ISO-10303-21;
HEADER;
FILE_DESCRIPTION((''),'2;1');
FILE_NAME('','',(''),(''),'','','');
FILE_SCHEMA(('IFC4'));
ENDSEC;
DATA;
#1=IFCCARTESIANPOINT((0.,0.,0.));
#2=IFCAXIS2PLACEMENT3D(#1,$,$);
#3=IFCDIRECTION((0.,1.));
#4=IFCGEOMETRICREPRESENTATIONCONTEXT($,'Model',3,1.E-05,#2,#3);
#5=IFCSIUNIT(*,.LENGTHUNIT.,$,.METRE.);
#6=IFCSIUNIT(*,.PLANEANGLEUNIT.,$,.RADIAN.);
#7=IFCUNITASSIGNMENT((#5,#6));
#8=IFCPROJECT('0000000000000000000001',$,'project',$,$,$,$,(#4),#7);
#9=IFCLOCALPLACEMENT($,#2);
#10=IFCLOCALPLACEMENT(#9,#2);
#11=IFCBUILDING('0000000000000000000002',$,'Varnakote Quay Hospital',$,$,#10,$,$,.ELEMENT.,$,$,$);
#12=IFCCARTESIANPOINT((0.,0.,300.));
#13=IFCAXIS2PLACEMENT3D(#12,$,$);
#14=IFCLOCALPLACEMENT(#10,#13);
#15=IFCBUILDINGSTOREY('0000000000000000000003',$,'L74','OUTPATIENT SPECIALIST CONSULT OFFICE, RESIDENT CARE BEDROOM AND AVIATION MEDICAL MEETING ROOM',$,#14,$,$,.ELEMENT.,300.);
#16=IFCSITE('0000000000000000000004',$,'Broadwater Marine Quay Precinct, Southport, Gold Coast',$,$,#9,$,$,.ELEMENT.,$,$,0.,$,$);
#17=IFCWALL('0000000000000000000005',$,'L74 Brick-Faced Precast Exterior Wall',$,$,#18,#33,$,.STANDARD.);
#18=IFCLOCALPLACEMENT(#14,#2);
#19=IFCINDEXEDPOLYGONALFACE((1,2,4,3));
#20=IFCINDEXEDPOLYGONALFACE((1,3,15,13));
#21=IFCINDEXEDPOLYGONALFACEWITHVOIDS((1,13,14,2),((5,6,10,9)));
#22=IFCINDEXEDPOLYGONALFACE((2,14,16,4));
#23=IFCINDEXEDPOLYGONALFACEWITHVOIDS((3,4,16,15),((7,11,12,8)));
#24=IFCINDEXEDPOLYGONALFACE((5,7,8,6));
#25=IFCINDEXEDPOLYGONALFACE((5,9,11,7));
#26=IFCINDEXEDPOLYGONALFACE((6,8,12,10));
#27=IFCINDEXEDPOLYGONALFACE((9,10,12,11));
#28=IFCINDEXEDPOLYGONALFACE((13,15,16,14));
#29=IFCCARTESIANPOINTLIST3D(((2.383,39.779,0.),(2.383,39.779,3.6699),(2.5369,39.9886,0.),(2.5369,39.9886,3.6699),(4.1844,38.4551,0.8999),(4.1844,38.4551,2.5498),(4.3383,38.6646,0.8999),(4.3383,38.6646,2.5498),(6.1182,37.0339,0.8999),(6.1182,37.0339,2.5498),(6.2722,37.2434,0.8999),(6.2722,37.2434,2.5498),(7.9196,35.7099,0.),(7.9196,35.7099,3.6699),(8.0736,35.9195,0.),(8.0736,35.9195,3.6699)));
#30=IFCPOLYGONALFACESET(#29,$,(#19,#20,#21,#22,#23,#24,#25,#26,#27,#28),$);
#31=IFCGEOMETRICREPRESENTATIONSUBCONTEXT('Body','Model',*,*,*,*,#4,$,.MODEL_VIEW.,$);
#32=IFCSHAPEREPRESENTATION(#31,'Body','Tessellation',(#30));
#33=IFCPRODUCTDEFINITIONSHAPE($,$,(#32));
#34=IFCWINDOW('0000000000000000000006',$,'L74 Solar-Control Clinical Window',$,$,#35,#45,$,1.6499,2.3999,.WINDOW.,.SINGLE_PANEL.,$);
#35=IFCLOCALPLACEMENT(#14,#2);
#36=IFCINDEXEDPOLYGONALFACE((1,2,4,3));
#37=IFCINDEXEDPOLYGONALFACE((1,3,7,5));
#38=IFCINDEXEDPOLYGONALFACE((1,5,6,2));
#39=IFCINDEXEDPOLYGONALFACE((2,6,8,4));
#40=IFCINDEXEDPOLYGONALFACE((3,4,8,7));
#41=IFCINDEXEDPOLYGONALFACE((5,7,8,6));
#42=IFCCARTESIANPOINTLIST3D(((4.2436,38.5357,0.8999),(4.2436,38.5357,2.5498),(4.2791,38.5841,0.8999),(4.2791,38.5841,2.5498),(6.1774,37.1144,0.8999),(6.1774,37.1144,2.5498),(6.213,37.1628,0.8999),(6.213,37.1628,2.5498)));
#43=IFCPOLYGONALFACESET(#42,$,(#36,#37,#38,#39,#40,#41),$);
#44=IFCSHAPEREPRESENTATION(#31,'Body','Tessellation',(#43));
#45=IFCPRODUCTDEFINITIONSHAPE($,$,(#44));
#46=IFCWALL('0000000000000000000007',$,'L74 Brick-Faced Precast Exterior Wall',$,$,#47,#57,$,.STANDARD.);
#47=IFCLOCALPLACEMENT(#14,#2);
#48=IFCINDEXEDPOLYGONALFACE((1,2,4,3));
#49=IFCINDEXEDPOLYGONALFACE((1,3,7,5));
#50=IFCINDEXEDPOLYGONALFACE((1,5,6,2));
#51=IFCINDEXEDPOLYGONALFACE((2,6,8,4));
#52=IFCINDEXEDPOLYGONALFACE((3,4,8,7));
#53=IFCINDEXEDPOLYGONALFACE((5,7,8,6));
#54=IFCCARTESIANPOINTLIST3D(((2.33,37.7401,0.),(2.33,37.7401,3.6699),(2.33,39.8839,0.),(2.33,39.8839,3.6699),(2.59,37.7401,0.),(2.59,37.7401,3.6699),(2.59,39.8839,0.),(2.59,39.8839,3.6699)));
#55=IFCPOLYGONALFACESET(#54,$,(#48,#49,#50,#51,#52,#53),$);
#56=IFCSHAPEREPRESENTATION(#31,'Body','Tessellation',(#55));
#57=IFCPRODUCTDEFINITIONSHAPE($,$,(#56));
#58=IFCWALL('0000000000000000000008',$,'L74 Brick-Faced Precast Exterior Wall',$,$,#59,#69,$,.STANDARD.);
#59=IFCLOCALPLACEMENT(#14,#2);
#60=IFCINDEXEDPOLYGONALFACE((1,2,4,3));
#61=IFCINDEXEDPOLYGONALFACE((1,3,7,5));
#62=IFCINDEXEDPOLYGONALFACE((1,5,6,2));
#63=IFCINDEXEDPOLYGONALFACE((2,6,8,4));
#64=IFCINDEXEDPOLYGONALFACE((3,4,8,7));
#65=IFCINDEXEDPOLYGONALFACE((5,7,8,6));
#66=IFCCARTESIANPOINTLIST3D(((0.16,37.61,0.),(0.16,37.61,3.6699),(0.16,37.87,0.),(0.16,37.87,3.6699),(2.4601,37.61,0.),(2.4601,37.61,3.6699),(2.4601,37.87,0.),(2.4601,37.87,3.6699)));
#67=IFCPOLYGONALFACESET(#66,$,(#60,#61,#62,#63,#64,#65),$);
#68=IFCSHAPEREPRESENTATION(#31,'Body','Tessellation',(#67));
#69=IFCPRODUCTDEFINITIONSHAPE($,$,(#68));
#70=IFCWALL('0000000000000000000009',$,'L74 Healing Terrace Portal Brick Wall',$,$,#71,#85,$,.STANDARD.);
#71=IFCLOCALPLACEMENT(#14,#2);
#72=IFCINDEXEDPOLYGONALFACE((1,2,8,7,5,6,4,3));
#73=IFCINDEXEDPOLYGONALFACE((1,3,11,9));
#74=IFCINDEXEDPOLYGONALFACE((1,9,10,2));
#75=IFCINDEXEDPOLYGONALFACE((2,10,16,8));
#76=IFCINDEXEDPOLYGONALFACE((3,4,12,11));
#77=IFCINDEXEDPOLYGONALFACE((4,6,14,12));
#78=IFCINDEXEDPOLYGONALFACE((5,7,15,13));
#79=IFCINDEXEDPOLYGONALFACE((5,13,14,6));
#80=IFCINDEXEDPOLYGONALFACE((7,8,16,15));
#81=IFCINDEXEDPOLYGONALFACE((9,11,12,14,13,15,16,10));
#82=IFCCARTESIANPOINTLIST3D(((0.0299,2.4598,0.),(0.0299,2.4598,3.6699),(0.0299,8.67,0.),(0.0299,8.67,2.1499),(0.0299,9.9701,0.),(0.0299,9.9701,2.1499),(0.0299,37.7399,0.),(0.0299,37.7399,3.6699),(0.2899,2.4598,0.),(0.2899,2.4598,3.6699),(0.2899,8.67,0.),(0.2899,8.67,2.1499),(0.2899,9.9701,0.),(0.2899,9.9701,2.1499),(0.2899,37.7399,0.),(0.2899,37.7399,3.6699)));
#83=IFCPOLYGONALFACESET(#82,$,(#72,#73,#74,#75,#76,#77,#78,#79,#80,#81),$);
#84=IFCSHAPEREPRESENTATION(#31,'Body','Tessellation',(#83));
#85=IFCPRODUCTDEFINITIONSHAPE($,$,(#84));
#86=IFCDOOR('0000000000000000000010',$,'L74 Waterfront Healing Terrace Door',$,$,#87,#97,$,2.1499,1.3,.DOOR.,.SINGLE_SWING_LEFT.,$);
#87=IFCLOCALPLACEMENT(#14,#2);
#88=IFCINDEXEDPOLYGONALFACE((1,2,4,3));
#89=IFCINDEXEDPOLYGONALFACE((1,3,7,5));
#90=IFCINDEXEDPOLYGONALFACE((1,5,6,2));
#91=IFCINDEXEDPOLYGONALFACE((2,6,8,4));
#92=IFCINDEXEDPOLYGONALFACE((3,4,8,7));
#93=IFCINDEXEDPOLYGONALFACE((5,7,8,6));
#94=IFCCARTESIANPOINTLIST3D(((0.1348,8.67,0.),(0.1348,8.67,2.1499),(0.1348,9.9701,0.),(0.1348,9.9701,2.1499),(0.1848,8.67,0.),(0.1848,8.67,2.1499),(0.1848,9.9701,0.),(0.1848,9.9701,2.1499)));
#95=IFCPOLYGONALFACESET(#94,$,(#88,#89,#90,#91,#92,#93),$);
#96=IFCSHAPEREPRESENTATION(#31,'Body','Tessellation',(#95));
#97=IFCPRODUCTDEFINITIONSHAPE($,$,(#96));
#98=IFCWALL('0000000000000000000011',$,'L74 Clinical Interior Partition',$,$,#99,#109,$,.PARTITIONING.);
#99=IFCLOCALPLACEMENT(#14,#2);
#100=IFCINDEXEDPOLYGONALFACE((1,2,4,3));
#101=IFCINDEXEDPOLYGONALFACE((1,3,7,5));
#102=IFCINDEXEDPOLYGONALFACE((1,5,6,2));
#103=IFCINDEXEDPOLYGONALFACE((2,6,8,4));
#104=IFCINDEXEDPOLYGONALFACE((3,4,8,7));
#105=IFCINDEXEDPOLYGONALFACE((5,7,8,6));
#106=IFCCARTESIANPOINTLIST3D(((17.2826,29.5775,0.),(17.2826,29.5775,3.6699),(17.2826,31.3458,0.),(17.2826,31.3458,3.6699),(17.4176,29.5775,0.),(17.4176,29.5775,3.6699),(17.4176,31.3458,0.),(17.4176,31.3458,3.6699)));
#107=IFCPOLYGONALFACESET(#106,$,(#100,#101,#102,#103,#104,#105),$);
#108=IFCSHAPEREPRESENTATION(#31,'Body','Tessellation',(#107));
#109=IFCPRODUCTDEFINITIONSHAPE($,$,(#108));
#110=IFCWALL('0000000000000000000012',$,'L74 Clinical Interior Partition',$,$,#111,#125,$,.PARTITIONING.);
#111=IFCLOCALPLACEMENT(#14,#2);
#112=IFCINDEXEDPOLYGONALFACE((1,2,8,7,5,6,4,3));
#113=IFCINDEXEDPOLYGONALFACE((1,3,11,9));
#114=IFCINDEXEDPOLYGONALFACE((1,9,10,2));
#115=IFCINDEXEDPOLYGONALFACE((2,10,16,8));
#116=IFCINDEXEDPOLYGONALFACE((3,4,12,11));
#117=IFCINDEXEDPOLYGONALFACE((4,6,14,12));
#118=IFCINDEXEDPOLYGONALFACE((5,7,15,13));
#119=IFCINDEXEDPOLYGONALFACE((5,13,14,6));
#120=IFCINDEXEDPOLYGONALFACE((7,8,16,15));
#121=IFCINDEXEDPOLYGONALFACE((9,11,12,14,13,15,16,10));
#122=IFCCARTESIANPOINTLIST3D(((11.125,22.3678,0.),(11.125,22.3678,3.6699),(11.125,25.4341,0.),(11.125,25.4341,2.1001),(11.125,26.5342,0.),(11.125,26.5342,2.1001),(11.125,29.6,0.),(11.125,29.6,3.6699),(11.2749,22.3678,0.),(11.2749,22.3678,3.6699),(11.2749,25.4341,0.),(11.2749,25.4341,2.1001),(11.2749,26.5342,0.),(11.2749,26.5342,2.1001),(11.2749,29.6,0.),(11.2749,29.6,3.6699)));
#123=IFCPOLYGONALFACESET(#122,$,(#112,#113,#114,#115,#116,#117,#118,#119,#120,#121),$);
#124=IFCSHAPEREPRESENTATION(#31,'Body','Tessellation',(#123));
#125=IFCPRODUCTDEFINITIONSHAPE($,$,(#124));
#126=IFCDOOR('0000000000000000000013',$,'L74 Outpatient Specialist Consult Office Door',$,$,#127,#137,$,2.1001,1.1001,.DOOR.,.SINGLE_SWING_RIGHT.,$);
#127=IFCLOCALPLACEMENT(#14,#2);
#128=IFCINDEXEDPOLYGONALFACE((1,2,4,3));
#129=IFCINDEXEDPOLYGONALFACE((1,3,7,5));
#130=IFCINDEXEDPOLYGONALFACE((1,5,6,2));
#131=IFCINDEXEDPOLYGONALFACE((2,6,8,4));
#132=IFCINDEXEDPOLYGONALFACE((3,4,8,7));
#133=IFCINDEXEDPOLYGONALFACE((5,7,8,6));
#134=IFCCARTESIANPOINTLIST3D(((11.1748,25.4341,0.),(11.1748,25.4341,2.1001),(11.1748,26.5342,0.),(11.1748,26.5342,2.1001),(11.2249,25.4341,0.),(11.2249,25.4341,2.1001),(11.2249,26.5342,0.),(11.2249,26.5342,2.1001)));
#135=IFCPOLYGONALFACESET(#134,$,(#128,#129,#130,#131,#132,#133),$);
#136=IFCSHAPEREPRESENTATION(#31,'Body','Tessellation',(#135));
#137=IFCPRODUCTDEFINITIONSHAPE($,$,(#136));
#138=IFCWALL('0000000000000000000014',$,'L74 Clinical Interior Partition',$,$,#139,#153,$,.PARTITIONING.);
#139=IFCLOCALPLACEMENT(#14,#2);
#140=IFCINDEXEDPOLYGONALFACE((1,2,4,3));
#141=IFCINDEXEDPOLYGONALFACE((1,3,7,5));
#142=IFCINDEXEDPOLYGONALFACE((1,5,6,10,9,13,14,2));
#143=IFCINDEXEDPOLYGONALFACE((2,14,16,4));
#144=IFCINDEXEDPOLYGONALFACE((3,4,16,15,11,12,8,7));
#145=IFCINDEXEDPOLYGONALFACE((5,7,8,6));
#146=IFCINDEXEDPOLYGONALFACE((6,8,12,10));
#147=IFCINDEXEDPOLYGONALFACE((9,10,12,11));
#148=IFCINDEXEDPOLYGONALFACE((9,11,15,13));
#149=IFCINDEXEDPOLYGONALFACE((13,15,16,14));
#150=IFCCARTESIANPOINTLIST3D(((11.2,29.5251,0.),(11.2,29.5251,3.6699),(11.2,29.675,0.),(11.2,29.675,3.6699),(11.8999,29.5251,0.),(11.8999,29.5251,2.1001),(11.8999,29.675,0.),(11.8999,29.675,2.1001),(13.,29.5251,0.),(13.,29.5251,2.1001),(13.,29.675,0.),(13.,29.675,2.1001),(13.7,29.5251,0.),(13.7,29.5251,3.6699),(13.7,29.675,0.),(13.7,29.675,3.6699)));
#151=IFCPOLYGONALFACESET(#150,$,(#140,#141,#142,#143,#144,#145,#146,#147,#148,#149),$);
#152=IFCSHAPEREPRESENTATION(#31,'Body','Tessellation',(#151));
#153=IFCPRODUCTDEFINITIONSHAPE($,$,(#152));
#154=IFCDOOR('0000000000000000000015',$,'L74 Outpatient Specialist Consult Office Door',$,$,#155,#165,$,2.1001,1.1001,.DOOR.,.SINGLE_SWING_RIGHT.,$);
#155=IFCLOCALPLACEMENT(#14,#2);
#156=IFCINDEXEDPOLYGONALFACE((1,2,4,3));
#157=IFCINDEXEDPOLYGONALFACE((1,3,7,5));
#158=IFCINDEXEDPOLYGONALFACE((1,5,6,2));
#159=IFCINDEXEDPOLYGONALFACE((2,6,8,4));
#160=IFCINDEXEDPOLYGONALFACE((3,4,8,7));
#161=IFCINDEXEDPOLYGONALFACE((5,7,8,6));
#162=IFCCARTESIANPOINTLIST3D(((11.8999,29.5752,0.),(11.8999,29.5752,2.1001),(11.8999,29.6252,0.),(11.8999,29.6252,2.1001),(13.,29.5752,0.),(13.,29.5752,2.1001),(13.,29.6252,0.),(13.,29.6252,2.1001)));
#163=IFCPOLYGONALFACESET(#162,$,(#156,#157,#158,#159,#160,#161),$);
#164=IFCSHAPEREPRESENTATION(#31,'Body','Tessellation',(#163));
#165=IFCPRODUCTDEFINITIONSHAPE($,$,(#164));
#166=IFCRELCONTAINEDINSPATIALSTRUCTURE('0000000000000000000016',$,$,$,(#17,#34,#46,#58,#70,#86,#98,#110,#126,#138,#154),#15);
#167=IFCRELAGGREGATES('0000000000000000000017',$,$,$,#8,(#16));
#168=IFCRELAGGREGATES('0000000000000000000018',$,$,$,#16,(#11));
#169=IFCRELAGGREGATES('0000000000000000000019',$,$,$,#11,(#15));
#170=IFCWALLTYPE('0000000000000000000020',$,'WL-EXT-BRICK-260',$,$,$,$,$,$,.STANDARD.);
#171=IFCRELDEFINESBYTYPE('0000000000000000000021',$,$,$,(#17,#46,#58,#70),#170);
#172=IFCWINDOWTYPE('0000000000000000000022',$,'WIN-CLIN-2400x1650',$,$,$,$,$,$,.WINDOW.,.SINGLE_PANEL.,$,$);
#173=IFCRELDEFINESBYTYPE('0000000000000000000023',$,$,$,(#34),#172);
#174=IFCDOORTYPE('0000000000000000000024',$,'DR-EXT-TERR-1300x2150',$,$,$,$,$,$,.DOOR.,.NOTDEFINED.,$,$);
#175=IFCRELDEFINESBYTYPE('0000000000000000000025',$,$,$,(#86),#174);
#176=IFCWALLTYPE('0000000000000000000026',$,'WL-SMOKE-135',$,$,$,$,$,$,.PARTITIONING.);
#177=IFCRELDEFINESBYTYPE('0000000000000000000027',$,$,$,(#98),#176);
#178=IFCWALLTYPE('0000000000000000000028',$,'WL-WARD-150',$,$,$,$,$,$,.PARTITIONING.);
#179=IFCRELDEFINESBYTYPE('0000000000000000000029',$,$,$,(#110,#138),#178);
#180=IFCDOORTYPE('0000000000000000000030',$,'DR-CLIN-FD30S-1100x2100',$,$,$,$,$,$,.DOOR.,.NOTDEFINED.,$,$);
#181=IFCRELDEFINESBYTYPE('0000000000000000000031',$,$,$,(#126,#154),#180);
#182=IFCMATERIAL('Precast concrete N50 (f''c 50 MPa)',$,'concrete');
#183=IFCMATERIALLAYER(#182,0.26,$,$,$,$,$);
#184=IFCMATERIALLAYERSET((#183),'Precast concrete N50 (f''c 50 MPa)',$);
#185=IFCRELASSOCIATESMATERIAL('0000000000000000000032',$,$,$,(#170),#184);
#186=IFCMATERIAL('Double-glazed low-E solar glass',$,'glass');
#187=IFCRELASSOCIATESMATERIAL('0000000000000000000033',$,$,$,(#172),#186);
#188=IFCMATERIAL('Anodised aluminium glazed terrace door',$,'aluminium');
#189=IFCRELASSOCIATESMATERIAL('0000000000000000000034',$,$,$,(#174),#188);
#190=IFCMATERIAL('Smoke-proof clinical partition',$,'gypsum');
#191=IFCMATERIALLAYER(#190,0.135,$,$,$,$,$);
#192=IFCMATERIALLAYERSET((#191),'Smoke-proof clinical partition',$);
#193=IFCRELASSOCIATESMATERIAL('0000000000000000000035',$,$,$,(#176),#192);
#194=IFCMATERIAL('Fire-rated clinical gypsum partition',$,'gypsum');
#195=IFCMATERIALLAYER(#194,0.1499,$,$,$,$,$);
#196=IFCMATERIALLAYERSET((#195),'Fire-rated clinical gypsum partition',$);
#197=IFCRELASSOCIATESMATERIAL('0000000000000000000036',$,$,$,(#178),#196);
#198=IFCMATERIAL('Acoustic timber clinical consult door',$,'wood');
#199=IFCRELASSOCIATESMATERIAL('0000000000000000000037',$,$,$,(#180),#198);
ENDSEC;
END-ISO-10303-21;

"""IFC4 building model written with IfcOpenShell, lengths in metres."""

from ifc_helpers import new_model, si_unit, direction, frame, frame_2d, origin, place, context, subcontext, project, spatial, rectangle, extrude, material, layer, layer_set, type_object, element, fill, save


model = new_model("IFC4")

# Units and contexts
model_context = context("Model", 3, precision=1e-05, world=origin(), true_north=direction((0.0, 1.0)))
body_context = subcontext(model_context, "Body", "Model", "MODEL_VIEW")
ifc_project = project(units=[si_unit("LENGTHUNIT", "METRE"), si_unit("PLANEANGLEUNIT", "RADIAN")], contexts=[model_context])

# Site, building, storey
site_placement = place(None, origin())
site = spatial("IfcSite", under=ifc_project, at=site_placement, Name="Broadwater Marine Quay Precinct, Southport, Gold Coast", CompositionType="ELEMENT", RefElevation=0.0)
building_placement = place(site_placement, origin())
building = spatial("IfcBuilding", under=site, at=building_placement, Name="Varnakote Quay Hospital", CompositionType="ELEMENT")
storey_placement = place(building_placement, frame((0.0, 0.0, 300.0)))
storey = spatial("IfcBuildingStorey", under=building, at=storey_placement, Name="L74", Description="OUTPATIENT SPECIALIST CONSULT OFFICE, RESIDENT CARE BEDROOM AND AVIATION MEDICAL MEETING ROOM", CompositionType="ELEMENT", Elevation=300.0)

# Wall, opening, window
ifc_material_1 = material(Name="Precast concrete N50 (f'c 50 MPa)", Category="concrete")
ifc_layer_1 = layer(ifc_material_1, 0.26)
ifc_layer_set_1 = layer_set([ifc_layer_1], Name="Precast concrete N50 (f'c 50 MPa)")
wall_type_1 = type_object("IfcWallType", Name="WL-EXT-BRICK-260", PredefinedType="STANDARD", material=ifc_layer_set_1)
ifc_material_2 = material(Name="Double-glazed low-E solar glass", Category="glass")
window_type = type_object("IfcWindowType", Name="WIN-CLIN-2400x1650", PartitioningType="SINGLE_PANEL", PredefinedType="WINDOW", material=ifc_material_2)
wall_1_placement = place(storey_placement, frame((7.9966, 35.8147, 0.0), z_axis=(0.0, 0.0, 1.0), x_axis=(-0.805787, 0.592206, 0.0)))
wall_1 = element("IfcWall", 1, at=wall_1_placement, inside=storey, type_object=wall_type_1, Name="L74 Brick-Faced Precast Exterior Wall", PredefinedType="STANDARD", context=body_context, shape_type="SweptSolid", body=[
    extrude(rectangle(XDim=6.8711, YDim=0.26, at=frame_2d((3.4355, 0.0))), origin(), (0.0, 0.0, 1.0), 3.6699),
])
opening_1_placement = place(wall_1_placement, frame((2.2356, 0.0, 0.8999)))
opening_1 = element("IfcOpeningElement", 2, at=opening_1_placement, cuts=wall_1, PredefinedType="OPENING", context=body_context, shape_type="SweptSolid", body=[
    extrude(rectangle(XDim=2.3999, YDim=1.6499, at=frame_2d((1.2, 0.825))), frame((0.0, 0.1399, 0.0), z_axis=(0.0, -1.0, 0.0), x_axis=(1.0, 0.0, 0.0)), (0.0, 0.0, 1.0), 0.28),
])
window_1_placement = place(opening_1_placement, origin())
window_1 = element("IfcWindow", 3, at=window_1_placement, inside=storey, type_object=window_type, Name="L74 Solar-Control Clinical Window", OverallHeight=1.6499, OverallWidth=2.3999, PartitioningType="SINGLE_PANEL", PredefinedType="WINDOW", context=body_context, shape_type="SweptSolid", body=[
    extrude(rectangle(XDim=2.3999, YDim=1.6499, at=frame_2d((1.2, 0.825))), frame((0.0, 0.03, 0.0), z_axis=(0.0, -1.0, 0.0), x_axis=(1.0, 0.0, 0.0)), (0.0, 0.0, 1.0), 0.0601),
])
fill(opening_1, window_1)

# Walls
wall_2_placement = place(storey_placement, frame((2.46, 39.8838, 0.0), z_axis=(0.0, 0.0, 1.0), x_axis=(0.0, -1.0, 0.0)))
element("IfcWall", 4, at=wall_2_placement, inside=storey, type_object=wall_type_1, Name="L74 Brick-Faced Precast Exterior Wall", PredefinedType="STANDARD", context=body_context, shape_type="SweptSolid", body=[
    extrude(rectangle(XDim=2.1438, YDim=0.26, at=frame_2d((1.0718, 0.0))), origin(), (0.0, 0.0, 1.0), 3.6699),
])
wall_3_placement = place(storey_placement, frame((2.46, 37.74, 0.0), z_axis=(0.0, 0.0, 1.0), x_axis=(-1.0, 0.0, 0.0)))
element("IfcWall", 5, at=wall_3_placement, inside=storey, type_object=wall_type_1, Name="L74 Brick-Faced Precast Exterior Wall", PredefinedType="STANDARD", context=body_context, shape_type="SweptSolid", body=[
    extrude(rectangle(XDim=2.3, YDim=0.26, at=frame_2d((1.1499, 0.0))), origin(), (0.0, 0.0, 1.0), 3.6699),
])

# Wall, opening, door
wall_4_placement = place(storey_placement, frame((0.1599, 37.74, 0.0), z_axis=(0.0, 0.0, 1.0), x_axis=(0.0, -1.0, 0.0)))
wall_4 = element("IfcWall", 6, at=wall_4_placement, inside=storey, type_object=wall_type_1, Name="L74 Healing Terrace Portal Brick Wall", PredefinedType="STANDARD", context=body_context, shape_type="SweptSolid", body=[
    extrude(rectangle(XDim=35.28, YDim=0.26, at=frame_2d((17.6401, 0.0))), origin(), (0.0, 0.0, 1.0), 3.6699),
])
opening_2_placement = place(wall_4_placement, frame((27.77, 0.0, 0.0)))
opening_2 = element("IfcOpeningElement", 7, at=opening_2_placement, cuts=wall_4, PredefinedType="OPENING", context=body_context, shape_type="SweptSolid", body=[
    extrude(rectangle(XDim=1.3, YDim=2.1499, at=frame_2d((0.6499, 1.075))), frame((0.0, 0.1399, 0.0), z_axis=(0.0, -1.0, 0.0), x_axis=(1.0, 0.0, 0.0)), (0.0, 0.0, 1.0), 0.28),
])
ifc_material_3 = material(Name="Anodised aluminium glazed terrace door", Category="aluminium")
door_type_1 = type_object("IfcDoorType", Name="DR-EXT-TERR-1300x2150", OperationType="NOTDEFINED", PredefinedType="DOOR", material=ifc_material_3)
door_1_placement = place(opening_2_placement, origin())
door_1 = element("IfcDoor", 8, at=door_1_placement, inside=storey, type_object=door_type_1, Name="L74 Waterfront Healing Terrace Door", OperationType="SINGLE_SWING_LEFT", OverallHeight=2.1499, OverallWidth=1.3, PredefinedType="DOOR", context=body_context, shape_type="SweptSolid", body=[
    extrude(rectangle(XDim=1.3, YDim=2.1499, at=frame_2d((0.6499, 1.075))), frame((0.0, 0.0249, 0.0), z_axis=(0.0, -1.0, 0.0), x_axis=(1.0, 0.0, 0.0)), (0.0, 0.0, 1.0), 0.05),
])
fill(opening_2, door_1)

# Wall
ifc_material_4 = material(Name="Smoke-proof clinical partition", Category="gypsum")
ifc_layer_2 = layer(ifc_material_4, 0.135)
ifc_layer_set_2 = layer_set([ifc_layer_2], Name="Smoke-proof clinical partition")
wall_type_2 = type_object("IfcWallType", Name="WL-SMOKE-135", PredefinedType="PARTITIONING", material=ifc_layer_set_2)
wall_5_placement = place(storey_placement, frame((17.3501, 29.5774, 0.0), z_axis=(0.0, 0.0, 1.0), x_axis=(0.0, 1.0, 0.0)))
element("IfcWall", 9, at=wall_5_placement, inside=storey, type_object=wall_type_2, Name="L74 Clinical Interior Partition", PredefinedType="PARTITIONING", context=body_context, shape_type="SweptSolid", body=[
    extrude(rectangle(XDim=1.7683, YDim=0.135, at=frame_2d((0.8843, 0.0))), origin(), (0.0, 0.0, 1.0), 3.6699),
])

# Walls, openings, doors
ifc_material_5 = material(Name="Fire-rated clinical gypsum partition", Category="gypsum")
ifc_layer_3 = layer(ifc_material_5, 0.1499)
ifc_layer_set_3 = layer_set([ifc_layer_3], Name="Fire-rated clinical gypsum partition")
wall_type_3 = type_object("IfcWallType", Name="WL-WARD-150", PredefinedType="PARTITIONING", material=ifc_layer_set_3)
wall_6_placement = place(storey_placement, frame((11.2, 29.6001, 0.0), z_axis=(0.0, 0.0, 1.0), x_axis=(0.0, -1.0, 0.0)))
wall_6 = element("IfcWall", 10, at=wall_6_placement, inside=storey, type_object=wall_type_3, Name="L74 Clinical Interior Partition", PredefinedType="PARTITIONING", context=body_context, shape_type="SweptSolid", body=[
    extrude(rectangle(XDim=7.2322, YDim=0.1499, at=frame_2d((3.6162, 0.0))), origin(), (0.0, 0.0, 1.0), 3.6699),
])
opening_3_placement = place(wall_6_placement, frame((3.0659, 0.0, 0.0)))
opening_3 = element("IfcOpeningElement", 11, at=opening_3_placement, cuts=wall_6, PredefinedType="OPENING", context=body_context, shape_type="SweptSolid", body=[
    extrude(rectangle(XDim=1.1001, YDim=2.1001, at=frame_2d((0.55, 1.05))), frame((0.0, 0.085, 0.0), z_axis=(0.0, -1.0, 0.0), x_axis=(1.0, 0.0, 0.0)), (0.0, 0.0, 1.0), 0.1699),
])
ifc_material_6 = material(Name="Acoustic timber clinical consult door", Category="wood")
door_type_2 = type_object("IfcDoorType", Name="DR-CLIN-FD30S-1100x2100", OperationType="NOTDEFINED", PredefinedType="DOOR", material=ifc_material_6)
door_2_placement = place(opening_3_placement, origin())
door_2 = element("IfcDoor", 12, at=door_2_placement, inside=storey, type_object=door_type_2, Name="L74 Outpatient Specialist Consult Office Door", OperationType="SINGLE_SWING_RIGHT", OverallHeight=2.1001, OverallWidth=1.1001, PredefinedType="DOOR", context=body_context, shape_type="SweptSolid", body=[
    extrude(rectangle(XDim=1.1001, YDim=2.1001, at=frame_2d((0.55, 1.05))), frame((0.0, 0.0249, 0.0), z_axis=(0.0, -1.0, 0.0), x_axis=(1.0, 0.0, 0.0)), (0.0, 0.0, 1.0), 0.05),
])
fill(opening_3, door_2)
wall_7_placement = place(storey_placement, frame((13.7, 29.6001, 0.0), z_axis=(0.0, 0.0, 1.0), x_axis=(-1.0, 0.0, 0.0)))
wall_7 = element("IfcWall", 13, at=wall_7_placement, inside=storey, type_object=wall_type_3, Name="L74 Clinical Interior Partition", PredefinedType="PARTITIONING", context=body_context, shape_type="SweptSolid", body=[
    extrude(rectangle(XDim=2.5, YDim=0.1499, at=frame_2d((1.25, 0.0))), origin(), (0.0, 0.0, 1.0), 3.6699),
])
opening_4_placement = place(wall_7_placement, frame((0.7, 0.0, 0.0)))
opening_4 = element("IfcOpeningElement", 14, at=opening_4_placement, cuts=wall_7, PredefinedType="OPENING", context=body_context, shape_type="SweptSolid", body=[
    extrude(rectangle(XDim=1.1001, YDim=2.1001, at=frame_2d((0.55, 1.05))), frame((0.0, 0.085, 0.0), z_axis=(0.0, -1.0, 0.0), x_axis=(1.0, 0.0, 0.0)), (0.0, 0.0, 1.0), 0.1699),
])
door_3_placement = place(opening_4_placement, origin())
door_3 = element("IfcDoor", 15, at=door_3_placement, inside=storey, type_object=door_type_2, Name="L74 Outpatient Specialist Consult Office Door", OperationType="SINGLE_SWING_RIGHT", OverallHeight=2.1001, OverallWidth=1.1001, PredefinedType="DOOR", context=body_context, shape_type="SweptSolid", body=[
    extrude(rectangle(XDim=1.1001, YDim=2.1001, at=frame_2d((0.55, 1.05))), frame((0.0, 0.0249, 0.0), z_axis=(0.0, -1.0, 0.0), x_axis=(1.0, 0.0, 0.0)), (0.0, 0.0, 1.0), 0.05),
])
fill(opening_4, door_3)

save(model, "model.ifc")
